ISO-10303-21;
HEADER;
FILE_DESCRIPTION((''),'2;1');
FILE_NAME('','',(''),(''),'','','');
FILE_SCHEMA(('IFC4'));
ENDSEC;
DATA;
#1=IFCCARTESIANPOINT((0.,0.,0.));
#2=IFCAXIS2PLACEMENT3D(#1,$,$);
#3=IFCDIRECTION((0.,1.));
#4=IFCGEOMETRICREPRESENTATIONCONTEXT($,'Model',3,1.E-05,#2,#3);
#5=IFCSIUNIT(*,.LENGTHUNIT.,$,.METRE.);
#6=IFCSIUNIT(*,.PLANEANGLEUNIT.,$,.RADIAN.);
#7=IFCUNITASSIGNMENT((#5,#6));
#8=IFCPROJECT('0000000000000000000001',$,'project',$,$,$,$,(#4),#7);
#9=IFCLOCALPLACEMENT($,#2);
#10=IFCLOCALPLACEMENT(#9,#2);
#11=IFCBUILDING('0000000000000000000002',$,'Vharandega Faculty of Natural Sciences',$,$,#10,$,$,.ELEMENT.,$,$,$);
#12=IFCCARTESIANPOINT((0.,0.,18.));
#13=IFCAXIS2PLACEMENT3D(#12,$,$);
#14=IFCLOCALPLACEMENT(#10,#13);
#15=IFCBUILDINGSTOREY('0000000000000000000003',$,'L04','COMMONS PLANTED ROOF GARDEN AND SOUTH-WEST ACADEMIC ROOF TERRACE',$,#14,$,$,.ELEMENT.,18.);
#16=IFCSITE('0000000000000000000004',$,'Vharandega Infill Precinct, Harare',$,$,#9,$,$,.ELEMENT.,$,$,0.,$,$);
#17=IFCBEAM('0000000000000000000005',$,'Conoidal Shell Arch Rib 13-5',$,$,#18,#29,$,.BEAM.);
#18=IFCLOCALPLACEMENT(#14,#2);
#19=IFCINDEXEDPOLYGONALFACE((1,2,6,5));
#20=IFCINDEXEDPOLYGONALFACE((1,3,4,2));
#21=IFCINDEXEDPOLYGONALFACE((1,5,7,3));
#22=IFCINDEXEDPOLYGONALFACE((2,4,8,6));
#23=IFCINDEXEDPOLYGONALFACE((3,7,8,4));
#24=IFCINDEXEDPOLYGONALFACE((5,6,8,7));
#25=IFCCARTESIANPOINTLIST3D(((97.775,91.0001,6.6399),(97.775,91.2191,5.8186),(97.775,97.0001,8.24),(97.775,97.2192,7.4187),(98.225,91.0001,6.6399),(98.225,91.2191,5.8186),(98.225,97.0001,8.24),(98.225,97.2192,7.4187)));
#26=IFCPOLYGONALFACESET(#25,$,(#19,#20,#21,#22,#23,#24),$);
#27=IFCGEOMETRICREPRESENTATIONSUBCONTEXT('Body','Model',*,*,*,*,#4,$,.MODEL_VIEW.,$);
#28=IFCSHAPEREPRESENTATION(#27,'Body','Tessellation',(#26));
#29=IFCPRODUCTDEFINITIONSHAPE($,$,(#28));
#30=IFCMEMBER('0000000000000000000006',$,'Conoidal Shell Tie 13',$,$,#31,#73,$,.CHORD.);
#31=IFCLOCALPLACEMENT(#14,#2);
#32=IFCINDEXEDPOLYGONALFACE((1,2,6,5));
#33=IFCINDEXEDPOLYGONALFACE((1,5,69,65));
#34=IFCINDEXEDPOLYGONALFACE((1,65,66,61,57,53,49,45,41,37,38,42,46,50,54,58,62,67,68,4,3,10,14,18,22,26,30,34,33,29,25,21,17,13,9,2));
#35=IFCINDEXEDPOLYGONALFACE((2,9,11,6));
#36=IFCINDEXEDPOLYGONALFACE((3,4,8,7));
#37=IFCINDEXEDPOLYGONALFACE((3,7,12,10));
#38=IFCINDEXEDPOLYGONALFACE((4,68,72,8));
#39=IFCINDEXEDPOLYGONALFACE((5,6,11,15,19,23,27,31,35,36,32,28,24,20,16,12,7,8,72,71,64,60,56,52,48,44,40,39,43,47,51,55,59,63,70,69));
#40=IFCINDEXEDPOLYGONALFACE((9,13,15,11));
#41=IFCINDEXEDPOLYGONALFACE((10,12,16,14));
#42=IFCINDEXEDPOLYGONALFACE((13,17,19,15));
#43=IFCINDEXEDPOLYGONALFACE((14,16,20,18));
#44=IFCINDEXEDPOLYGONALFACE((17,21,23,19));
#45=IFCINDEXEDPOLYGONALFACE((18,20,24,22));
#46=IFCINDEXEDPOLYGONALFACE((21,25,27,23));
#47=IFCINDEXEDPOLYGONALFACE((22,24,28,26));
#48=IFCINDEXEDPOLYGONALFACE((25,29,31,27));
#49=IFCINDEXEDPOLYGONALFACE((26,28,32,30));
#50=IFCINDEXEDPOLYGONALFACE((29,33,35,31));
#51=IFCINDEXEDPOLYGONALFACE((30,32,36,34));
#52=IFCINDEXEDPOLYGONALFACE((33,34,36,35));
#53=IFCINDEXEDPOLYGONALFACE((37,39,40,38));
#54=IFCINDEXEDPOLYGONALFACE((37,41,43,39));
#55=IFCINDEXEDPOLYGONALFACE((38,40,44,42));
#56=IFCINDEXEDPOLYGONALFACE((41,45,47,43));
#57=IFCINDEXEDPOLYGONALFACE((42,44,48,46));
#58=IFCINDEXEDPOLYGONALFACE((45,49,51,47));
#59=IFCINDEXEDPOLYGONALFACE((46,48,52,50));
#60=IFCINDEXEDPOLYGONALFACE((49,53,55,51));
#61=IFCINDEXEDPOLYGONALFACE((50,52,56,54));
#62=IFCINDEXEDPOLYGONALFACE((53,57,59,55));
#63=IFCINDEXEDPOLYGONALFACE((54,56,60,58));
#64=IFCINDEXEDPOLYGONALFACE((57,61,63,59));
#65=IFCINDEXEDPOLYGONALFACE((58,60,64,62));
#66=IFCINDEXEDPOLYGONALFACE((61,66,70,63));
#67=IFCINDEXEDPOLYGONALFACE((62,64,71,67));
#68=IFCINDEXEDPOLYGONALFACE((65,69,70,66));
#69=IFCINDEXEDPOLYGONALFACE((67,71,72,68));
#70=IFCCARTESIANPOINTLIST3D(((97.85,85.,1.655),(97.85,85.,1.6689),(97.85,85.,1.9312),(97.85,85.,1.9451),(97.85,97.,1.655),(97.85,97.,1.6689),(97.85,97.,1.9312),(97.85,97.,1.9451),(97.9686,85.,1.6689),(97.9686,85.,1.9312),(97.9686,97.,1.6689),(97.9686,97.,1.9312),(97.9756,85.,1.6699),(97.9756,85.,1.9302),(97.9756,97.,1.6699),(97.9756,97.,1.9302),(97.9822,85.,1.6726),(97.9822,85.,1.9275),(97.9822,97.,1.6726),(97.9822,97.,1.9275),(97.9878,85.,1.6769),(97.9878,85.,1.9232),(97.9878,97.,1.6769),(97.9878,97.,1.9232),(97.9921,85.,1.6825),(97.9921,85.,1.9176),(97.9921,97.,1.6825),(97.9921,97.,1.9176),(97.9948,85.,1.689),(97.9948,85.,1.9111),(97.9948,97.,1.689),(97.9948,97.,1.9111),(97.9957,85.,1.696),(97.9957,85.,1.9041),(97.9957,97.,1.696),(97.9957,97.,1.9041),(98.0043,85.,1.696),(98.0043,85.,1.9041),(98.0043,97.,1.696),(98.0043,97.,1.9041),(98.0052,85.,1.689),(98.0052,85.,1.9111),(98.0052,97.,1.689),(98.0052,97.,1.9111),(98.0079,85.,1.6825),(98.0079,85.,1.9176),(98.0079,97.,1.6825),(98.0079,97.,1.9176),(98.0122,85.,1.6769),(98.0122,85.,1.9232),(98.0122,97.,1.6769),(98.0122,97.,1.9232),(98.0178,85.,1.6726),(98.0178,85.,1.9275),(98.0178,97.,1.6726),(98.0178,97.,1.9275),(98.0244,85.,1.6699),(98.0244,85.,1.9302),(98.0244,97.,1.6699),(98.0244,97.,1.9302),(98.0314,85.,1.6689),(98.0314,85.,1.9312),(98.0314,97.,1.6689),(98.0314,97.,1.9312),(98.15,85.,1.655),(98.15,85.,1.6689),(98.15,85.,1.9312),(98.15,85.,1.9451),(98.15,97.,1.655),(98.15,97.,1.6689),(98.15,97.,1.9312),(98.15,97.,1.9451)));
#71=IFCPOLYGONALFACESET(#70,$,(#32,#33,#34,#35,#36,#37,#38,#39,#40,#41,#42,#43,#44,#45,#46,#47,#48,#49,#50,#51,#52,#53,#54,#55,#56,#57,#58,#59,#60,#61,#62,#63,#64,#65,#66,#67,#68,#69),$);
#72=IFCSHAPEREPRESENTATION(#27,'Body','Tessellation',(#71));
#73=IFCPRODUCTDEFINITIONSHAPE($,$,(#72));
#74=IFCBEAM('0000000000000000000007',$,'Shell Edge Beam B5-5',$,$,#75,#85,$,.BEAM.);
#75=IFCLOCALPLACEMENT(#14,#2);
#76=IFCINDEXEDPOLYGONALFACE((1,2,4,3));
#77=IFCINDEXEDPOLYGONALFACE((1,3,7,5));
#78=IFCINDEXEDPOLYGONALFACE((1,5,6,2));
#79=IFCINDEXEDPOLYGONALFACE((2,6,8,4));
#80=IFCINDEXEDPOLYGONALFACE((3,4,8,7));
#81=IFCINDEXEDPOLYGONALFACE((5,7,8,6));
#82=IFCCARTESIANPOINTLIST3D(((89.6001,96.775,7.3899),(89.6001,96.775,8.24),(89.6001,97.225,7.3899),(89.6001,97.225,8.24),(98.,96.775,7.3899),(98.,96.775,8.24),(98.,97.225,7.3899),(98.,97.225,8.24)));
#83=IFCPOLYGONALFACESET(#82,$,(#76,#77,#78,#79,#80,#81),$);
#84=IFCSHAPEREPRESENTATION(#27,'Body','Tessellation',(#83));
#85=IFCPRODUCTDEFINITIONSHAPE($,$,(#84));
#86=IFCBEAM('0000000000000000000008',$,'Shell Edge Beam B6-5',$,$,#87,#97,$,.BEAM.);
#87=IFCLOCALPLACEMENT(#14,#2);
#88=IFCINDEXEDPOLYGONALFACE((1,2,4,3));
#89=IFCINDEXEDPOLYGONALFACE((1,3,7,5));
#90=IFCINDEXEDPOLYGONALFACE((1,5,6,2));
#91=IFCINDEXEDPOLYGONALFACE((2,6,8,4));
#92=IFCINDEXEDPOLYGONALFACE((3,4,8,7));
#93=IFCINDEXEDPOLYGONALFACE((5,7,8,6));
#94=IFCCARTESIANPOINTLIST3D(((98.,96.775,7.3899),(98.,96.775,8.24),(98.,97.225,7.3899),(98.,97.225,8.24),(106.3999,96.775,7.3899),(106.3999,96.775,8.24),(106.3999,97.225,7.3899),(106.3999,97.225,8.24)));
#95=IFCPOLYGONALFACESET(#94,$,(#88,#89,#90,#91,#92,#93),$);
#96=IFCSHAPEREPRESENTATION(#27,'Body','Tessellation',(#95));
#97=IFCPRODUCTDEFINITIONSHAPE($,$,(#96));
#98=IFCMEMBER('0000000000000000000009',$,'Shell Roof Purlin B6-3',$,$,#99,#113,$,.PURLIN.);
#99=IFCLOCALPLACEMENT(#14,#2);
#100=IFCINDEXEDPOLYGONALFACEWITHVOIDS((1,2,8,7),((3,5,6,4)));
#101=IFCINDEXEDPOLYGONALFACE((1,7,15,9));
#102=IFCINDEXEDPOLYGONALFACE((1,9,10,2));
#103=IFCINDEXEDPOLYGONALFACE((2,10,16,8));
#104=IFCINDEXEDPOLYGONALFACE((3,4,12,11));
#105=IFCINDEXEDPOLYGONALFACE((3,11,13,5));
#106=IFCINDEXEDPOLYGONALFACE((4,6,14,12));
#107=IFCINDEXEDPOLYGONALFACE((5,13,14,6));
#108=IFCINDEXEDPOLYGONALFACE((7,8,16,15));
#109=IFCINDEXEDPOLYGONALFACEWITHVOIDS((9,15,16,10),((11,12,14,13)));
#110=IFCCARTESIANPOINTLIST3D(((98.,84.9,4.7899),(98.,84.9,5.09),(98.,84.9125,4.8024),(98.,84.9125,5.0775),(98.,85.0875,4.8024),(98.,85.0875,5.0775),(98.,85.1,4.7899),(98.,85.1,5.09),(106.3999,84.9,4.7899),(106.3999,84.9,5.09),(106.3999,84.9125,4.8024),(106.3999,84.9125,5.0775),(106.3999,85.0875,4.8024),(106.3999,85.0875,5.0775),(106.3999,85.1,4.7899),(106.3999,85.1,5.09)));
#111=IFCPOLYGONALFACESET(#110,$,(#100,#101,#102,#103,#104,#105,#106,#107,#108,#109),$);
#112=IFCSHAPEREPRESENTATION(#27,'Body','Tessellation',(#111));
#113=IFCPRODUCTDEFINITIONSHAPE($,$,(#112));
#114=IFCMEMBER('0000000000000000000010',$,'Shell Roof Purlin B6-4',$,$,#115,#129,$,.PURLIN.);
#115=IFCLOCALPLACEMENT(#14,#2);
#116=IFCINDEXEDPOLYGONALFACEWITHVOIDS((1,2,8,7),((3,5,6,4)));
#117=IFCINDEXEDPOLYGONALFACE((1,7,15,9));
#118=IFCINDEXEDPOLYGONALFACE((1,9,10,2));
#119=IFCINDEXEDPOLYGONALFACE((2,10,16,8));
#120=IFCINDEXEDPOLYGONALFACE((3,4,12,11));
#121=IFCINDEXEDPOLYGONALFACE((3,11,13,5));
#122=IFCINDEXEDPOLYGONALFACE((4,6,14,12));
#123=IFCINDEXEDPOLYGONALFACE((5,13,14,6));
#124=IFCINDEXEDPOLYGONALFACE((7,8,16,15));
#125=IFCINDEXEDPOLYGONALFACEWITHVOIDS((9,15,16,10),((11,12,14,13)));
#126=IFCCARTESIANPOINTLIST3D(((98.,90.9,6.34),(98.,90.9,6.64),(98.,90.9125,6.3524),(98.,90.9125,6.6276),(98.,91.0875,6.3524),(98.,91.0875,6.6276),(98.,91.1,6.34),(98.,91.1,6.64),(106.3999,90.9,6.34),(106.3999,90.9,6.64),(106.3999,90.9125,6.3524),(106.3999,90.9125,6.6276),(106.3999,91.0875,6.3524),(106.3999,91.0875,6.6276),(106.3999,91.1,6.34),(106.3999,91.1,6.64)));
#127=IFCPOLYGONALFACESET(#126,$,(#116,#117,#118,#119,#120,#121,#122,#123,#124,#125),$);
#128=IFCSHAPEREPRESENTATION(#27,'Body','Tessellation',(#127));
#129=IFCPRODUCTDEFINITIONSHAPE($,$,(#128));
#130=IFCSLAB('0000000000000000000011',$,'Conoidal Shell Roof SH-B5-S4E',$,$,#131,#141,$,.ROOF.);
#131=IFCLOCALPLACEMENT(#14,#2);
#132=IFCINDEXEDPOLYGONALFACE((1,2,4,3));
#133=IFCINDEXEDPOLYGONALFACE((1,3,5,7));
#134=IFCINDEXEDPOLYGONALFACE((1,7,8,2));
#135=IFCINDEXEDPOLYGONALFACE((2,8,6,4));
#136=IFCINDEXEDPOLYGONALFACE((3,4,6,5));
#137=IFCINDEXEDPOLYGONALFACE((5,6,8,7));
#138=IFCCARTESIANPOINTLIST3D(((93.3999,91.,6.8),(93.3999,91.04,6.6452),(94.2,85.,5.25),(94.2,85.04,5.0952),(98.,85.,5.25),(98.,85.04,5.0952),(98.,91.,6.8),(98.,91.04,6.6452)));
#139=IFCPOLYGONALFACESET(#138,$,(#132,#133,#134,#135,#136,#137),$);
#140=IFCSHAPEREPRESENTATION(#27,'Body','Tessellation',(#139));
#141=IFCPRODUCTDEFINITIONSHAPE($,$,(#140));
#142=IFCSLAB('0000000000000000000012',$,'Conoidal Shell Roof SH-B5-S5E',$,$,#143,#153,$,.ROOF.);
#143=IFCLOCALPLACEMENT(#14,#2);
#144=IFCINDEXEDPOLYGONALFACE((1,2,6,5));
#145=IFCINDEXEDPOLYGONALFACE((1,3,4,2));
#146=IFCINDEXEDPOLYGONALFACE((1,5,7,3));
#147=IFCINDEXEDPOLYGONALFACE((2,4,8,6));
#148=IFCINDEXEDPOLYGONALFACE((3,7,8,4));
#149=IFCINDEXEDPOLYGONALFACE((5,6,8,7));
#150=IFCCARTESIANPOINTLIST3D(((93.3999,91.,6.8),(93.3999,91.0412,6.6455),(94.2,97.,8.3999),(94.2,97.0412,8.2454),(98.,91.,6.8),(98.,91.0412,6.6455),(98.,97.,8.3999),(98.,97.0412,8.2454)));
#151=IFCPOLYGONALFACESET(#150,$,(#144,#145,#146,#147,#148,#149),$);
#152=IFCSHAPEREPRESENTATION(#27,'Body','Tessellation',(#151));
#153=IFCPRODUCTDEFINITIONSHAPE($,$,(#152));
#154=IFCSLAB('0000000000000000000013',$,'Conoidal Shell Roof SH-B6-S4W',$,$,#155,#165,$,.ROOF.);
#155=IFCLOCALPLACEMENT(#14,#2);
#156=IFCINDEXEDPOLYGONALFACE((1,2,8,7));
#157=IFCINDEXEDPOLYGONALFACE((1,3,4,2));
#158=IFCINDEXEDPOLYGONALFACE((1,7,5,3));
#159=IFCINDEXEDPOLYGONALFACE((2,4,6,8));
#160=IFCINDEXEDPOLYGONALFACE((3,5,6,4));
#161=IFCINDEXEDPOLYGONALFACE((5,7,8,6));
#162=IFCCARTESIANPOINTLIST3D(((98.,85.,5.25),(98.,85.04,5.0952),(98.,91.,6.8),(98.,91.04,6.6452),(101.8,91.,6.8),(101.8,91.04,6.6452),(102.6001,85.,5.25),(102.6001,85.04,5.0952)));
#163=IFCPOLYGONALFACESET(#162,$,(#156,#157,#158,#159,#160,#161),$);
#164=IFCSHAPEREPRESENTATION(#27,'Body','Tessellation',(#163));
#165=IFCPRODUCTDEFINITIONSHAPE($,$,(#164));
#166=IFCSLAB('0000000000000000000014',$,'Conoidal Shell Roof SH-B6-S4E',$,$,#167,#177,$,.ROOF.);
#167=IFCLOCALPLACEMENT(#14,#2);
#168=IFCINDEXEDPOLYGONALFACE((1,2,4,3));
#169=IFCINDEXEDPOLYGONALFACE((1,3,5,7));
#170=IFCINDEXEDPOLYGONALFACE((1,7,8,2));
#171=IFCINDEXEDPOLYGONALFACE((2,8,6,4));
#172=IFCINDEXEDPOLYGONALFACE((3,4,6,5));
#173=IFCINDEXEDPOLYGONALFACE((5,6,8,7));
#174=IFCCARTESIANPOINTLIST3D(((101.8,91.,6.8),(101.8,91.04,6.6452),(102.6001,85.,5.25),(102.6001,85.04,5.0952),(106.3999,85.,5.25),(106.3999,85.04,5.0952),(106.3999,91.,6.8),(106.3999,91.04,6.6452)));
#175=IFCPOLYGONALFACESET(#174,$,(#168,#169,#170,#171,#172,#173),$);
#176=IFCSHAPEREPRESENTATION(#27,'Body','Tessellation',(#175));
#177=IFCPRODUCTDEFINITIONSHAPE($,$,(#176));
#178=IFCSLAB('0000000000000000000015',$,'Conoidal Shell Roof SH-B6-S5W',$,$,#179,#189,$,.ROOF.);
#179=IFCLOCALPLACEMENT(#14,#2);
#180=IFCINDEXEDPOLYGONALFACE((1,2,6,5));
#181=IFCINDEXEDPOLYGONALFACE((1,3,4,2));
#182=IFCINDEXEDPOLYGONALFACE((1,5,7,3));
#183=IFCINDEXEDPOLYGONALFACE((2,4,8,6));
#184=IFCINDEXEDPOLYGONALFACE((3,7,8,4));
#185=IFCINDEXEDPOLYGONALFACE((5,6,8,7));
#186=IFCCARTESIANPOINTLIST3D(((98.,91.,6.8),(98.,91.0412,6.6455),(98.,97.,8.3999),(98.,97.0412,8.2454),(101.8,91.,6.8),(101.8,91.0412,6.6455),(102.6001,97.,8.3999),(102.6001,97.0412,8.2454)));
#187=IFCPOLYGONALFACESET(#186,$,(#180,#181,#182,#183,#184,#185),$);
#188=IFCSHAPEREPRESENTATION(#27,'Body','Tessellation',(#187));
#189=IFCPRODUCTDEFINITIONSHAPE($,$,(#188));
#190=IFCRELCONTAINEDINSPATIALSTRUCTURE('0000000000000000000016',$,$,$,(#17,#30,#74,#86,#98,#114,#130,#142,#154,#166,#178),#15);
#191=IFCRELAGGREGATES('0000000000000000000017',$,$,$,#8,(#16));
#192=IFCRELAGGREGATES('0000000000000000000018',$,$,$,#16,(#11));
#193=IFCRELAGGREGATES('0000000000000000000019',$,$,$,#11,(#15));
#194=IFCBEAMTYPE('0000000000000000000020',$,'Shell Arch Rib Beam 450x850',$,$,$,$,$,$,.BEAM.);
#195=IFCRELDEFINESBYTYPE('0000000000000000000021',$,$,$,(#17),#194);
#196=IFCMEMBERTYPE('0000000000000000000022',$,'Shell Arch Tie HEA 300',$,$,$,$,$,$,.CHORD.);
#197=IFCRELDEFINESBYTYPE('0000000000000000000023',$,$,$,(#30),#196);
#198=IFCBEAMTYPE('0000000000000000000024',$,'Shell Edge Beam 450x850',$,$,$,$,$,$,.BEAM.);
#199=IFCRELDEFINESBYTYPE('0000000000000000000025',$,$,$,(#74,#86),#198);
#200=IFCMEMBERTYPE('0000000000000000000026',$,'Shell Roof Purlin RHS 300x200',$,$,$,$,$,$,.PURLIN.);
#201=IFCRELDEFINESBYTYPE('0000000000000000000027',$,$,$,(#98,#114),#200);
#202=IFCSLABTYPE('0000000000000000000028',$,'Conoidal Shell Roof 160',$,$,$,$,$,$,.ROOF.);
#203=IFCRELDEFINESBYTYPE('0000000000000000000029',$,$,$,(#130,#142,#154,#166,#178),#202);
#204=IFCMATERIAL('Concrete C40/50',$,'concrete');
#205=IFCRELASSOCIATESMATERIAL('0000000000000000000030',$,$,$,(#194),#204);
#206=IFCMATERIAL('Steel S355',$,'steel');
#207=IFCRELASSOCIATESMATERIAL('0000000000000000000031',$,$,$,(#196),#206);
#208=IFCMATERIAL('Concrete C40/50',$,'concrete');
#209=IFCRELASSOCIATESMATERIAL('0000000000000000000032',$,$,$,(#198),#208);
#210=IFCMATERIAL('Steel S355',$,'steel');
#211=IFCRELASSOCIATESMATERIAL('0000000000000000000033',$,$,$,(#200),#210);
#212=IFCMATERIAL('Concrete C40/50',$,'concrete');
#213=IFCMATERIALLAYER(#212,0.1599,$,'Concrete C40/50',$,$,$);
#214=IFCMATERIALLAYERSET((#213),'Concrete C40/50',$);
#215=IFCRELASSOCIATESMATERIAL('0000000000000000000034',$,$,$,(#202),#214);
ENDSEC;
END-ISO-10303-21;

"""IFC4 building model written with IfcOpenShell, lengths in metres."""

from ifc_helpers import new_model, si_unit, direction, frame, origin, origin_2d, place, context, subcontext, project, spatial, polyline, rectangle, hollow_rectangle, i_section, outline, extrude, material, layer, layer_set, material_profile, profile_set, type_object, element, save


model = new_model("IFC4")

# Units and contexts
model_context = context("Model", 3, precision=1e-05, world=origin(), true_north=direction((0.0, 1.0)))
body_context = subcontext(model_context, "Body", "Model", "MODEL_VIEW")
ifc_project = project(units=[si_unit("LENGTHUNIT", "METRE"), si_unit("PLANEANGLEUNIT", "RADIAN")], contexts=[model_context])

# Site, building, storey
site_placement = place(None, origin())
site = spatial("IfcSite", under=ifc_project, at=site_placement, Name="Vharandega Infill Precinct, Harare", CompositionType="ELEMENT", RefElevation=0.0)
building_placement = place(site_placement, origin())
building = spatial("IfcBuilding", under=site, at=building_placement, Name="Vharandega Faculty of Natural Sciences", CompositionType="ELEMENT")
storey_placement = place(building_placement, frame((0.0, 0.0, 18.0)))
storey = spatial("IfcBuildingStorey", under=building, at=storey_placement, Name="L04", Description="COMMONS PLANTED ROOF GARDEN AND SOUTH-WEST ACADEMIC ROOF TERRACE", CompositionType="ELEMENT", Elevation=18.0)

# Beam
ifc_material_1 = material(Name="Concrete C40/50", Category="concrete")
ifc_material_profile_1 = material_profile(ifc_material_1, rectangle(XDim=0.45, YDim=0.8501, at=origin_2d()), Name="RC 450x850")
ifc_profile_set_1 = profile_set([ifc_material_profile_1], Name="Concrete C40/50")
beam_type_1 = type_object("IfcBeamType", Name="Shell Arch Rib Beam 450x850", PredefinedType="BEAM", material=ifc_profile_set_1)
beam_1_placement = place(storey_placement, frame((98.0, 91.1096, 6.2292), z_axis=(0.0, 0.966231, 0.257677), x_axis=(-1.0, 0.0, 0.0)))
element("IfcBeam", 1, at=beam_1_placement, inside=storey, type_object=beam_type_1, Name="Conoidal Shell Arch Rib 13-5", PredefinedType="BEAM", context=body_context, shape_type="SweptSolid", body=[
    extrude(rectangle(XDim=0.45, YDim=0.8501, at=origin_2d()), origin(), (0.0, 0.0, 1.0), 6.2097),
])

# Member
ifc_material_2 = material(Name="Steel S355", Category="steel")
ifc_material_profile_2 = material_profile(ifc_material_2, i_section(OverallWidth=0.3, OverallDepth=0.29, WebThickness=0.0085, FlangeThickness=0.0139, FilletRadius=0.0271, at=origin_2d()), Name="HEA 300")
ifc_profile_set_2 = profile_set([ifc_material_profile_2], Name="Steel S355")
member_type_1 = type_object("IfcMemberType", Name="Shell Arch Tie HEA 300", PredefinedType="CHORD", material=ifc_profile_set_2)
member_placement = place(storey_placement, frame((98.0, 85.0, 1.8), z_axis=(0.0, 1.0, 0.0), x_axis=(-1.0, 0.0, 0.0)))
element("IfcMember", 2, at=member_placement, inside=storey, type_object=member_type_1, Name="Conoidal Shell Tie 13", PredefinedType="CHORD", context=body_context, shape_type="SweptSolid", body=[
    extrude(i_section(OverallWidth=0.3, OverallDepth=0.29, WebThickness=0.0085, FlangeThickness=0.0139, FilletRadius=0.0271, at=origin_2d()), origin(), (0.0, 0.0, 1.0), 12.0),
])

# Beams
ifc_material_3 = material(Name="Concrete C40/50", Category="concrete")
ifc_material_profile_3 = material_profile(ifc_material_3, rectangle(XDim=0.45, YDim=0.8501, at=origin_2d()), Name="RC 450x850")
ifc_profile_set_3 = profile_set([ifc_material_profile_3], Name="Concrete C40/50")
beam_type_2 = type_object("IfcBeamType", Name="Shell Edge Beam 450x850", PredefinedType="BEAM", material=ifc_profile_set_3)
for number, where, z_axis, x_axis, name in (
    (3, (89.6001, 97.0, 7.8149), (1.0, 0.0, 0.0), (0.0, 1.0, 0.0), "Shell Edge Beam B5-5"),
    (4, (98.0, 97.0, 7.8149), (1.0, 0.0, 0.0), (0.0, 1.0, 0.0), "Shell Edge Beam B6-5"),
):
    element("IfcBeam", number, at=place(storey_placement, frame(where, z_axis=z_axis, x_axis=x_axis)), inside=storey, type_object=beam_type_2, Name=name, PredefinedType="BEAM", context=body_context, shape_type="SweptSolid", body=[
        extrude(rectangle(XDim=0.45, YDim=0.8501, at=origin_2d()), origin(), (0.0, 0.0, 1.0), 8.3999),
    ])

# Members
ifc_material_4 = material(Name="Steel S355", Category="steel")
ifc_material_profile_4 = material_profile(ifc_material_4, hollow_rectangle(XDim=0.2, YDim=0.3, WallThickness=0.0125, at=origin_2d()), Name="RHS 300x200x12.5")
ifc_profile_set_4 = profile_set([ifc_material_profile_4], Name="Steel S355")
member_type_2 = type_object("IfcMemberType", Name="Shell Roof Purlin RHS 300x200", PredefinedType="PURLIN", material=ifc_profile_set_4)
for number, where, z_axis, x_axis, name in (
    (5, (98.0, 85.0, 4.9399), (1.0, 0.0, 0.0), (0.0, 1.0, 0.0), "Shell Roof Purlin B6-3"),
    (6, (98.0, 91.0, 6.49), (1.0, 0.0, 0.0), (0.0, 1.0, 0.0), "Shell Roof Purlin B6-4"),
):
    element("IfcMember", number, at=place(storey_placement, frame(where, z_axis=z_axis, x_axis=x_axis)), inside=storey, type_object=member_type_2, Name=name, PredefinedType="PURLIN", context=body_context, shape_type="SweptSolid", body=[
        extrude(hollow_rectangle(XDim=0.2, YDim=0.3, WallThickness=0.0125, at=origin_2d()), origin(), (0.0, 0.0, 1.0), 8.3999),
    ])

# Slabs
ifc_material_5 = material(Name="Concrete C40/50", Category="concrete")
ifc_layer_1 = layer(ifc_material_5, 0.1599, Name="Concrete C40/50")
ifc_layer_set_1 = layer_set([ifc_layer_1], Name="Concrete C40/50")
slab_type = type_object("IfcSlabType", Name="Conoidal Shell Roof 160", PredefinedType="ROOF", material=ifc_layer_set_1)
slab_1_placement = place(storey_placement, frame((94.2, 85.0, 5.25), z_axis=(0.0, -0.250129, 0.968212), x_axis=(1.0, 0.0, 0.0)))
element("IfcSlab", 7, at=slab_1_placement, inside=storey, type_object=slab_type, Name="Conoidal Shell Roof SH-B5-S4E", PredefinedType="ROOF", context=body_context, shape_type="SweptSolid", body=[
    extrude(outline(polyline([(0.0, 0.0), (3.8, 0.0), (3.8, 6.197), (-0.8, 6.197), (0.0, 0.0)])), origin(), (0.0, 0.0, -1.0), 0.1599),
])
slab_2_placement = place(storey_placement, frame((93.3999, 91.0, 6.8), z_axis=(0.0, -0.257641, 0.966241), x_axis=(1.0, 0.0, 0.0)))
element("IfcSlab", 8, at=slab_2_placement, inside=storey, type_object=slab_type, Name="Conoidal Shell Roof SH-B5-S5E", PredefinedType="ROOF", context=body_context, shape_type="SweptSolid", body=[
    extrude(outline(polyline([(0.0, 0.0), (4.6001, 0.0), (4.6001, 6.2096), (0.8, 6.2096), (0.0, 0.0)])), origin(), (0.0, 0.0, -1.0), 0.1599),
])
slab_3_placement = place(storey_placement, frame((98.0, 85.0, 5.25), z_axis=(0.0, -0.250129, 0.968212), x_axis=(1.0, 0.0, 0.0)))
element("IfcSlab", 9, at=slab_3_placement, inside=storey, type_object=slab_type, Name="Conoidal Shell Roof SH-B6-S4W", PredefinedType="ROOF", context=body_context, shape_type="SweptSolid", body=[
    extrude(outline(polyline([(0.0, 0.0), (4.6001, 0.0), (3.8, 6.197), (0.0, 6.197), (0.0, 0.0)])), origin(), (0.0, 0.0, -1.0), 0.1599),
])
slab_4_placement = place(storey_placement, frame((102.6001, 85.0, 5.25), z_axis=(0.0, -0.250129, 0.968212), x_axis=(1.0, 0.0, 0.0)))
element("IfcSlab", 10, at=slab_4_placement, inside=storey, type_object=slab_type, Name="Conoidal Shell Roof SH-B6-S4E", PredefinedType="ROOF", context=body_context, shape_type="SweptSolid", body=[
    extrude(outline(polyline([(0.0, 0.0), (3.7998, 0.0), (3.7998, 6.197), (-0.8, 6.197), (0.0, 0.0)])), origin(), (0.0, 0.0, -1.0), 0.1599),
])
slab_5_placement = place(storey_placement, frame((98.0, 91.0, 6.8), z_axis=(0.0, -0.257641, 0.966241), x_axis=(1.0, 0.0, 0.0)))
element("IfcSlab", 11, at=slab_5_placement, inside=storey, type_object=slab_type, Name="Conoidal Shell Roof SH-B6-S5W", PredefinedType="ROOF", context=body_context, shape_type="SweptSolid", body=[
    extrude(outline(polyline([(0.0, 0.0), (3.8, 0.0), (4.6001, 6.2096), (0.0, 6.2096), (0.0, 0.0)])), origin(), (0.0, 0.0, -1.0), 0.1599),
])

save(model, "model.ifc")
